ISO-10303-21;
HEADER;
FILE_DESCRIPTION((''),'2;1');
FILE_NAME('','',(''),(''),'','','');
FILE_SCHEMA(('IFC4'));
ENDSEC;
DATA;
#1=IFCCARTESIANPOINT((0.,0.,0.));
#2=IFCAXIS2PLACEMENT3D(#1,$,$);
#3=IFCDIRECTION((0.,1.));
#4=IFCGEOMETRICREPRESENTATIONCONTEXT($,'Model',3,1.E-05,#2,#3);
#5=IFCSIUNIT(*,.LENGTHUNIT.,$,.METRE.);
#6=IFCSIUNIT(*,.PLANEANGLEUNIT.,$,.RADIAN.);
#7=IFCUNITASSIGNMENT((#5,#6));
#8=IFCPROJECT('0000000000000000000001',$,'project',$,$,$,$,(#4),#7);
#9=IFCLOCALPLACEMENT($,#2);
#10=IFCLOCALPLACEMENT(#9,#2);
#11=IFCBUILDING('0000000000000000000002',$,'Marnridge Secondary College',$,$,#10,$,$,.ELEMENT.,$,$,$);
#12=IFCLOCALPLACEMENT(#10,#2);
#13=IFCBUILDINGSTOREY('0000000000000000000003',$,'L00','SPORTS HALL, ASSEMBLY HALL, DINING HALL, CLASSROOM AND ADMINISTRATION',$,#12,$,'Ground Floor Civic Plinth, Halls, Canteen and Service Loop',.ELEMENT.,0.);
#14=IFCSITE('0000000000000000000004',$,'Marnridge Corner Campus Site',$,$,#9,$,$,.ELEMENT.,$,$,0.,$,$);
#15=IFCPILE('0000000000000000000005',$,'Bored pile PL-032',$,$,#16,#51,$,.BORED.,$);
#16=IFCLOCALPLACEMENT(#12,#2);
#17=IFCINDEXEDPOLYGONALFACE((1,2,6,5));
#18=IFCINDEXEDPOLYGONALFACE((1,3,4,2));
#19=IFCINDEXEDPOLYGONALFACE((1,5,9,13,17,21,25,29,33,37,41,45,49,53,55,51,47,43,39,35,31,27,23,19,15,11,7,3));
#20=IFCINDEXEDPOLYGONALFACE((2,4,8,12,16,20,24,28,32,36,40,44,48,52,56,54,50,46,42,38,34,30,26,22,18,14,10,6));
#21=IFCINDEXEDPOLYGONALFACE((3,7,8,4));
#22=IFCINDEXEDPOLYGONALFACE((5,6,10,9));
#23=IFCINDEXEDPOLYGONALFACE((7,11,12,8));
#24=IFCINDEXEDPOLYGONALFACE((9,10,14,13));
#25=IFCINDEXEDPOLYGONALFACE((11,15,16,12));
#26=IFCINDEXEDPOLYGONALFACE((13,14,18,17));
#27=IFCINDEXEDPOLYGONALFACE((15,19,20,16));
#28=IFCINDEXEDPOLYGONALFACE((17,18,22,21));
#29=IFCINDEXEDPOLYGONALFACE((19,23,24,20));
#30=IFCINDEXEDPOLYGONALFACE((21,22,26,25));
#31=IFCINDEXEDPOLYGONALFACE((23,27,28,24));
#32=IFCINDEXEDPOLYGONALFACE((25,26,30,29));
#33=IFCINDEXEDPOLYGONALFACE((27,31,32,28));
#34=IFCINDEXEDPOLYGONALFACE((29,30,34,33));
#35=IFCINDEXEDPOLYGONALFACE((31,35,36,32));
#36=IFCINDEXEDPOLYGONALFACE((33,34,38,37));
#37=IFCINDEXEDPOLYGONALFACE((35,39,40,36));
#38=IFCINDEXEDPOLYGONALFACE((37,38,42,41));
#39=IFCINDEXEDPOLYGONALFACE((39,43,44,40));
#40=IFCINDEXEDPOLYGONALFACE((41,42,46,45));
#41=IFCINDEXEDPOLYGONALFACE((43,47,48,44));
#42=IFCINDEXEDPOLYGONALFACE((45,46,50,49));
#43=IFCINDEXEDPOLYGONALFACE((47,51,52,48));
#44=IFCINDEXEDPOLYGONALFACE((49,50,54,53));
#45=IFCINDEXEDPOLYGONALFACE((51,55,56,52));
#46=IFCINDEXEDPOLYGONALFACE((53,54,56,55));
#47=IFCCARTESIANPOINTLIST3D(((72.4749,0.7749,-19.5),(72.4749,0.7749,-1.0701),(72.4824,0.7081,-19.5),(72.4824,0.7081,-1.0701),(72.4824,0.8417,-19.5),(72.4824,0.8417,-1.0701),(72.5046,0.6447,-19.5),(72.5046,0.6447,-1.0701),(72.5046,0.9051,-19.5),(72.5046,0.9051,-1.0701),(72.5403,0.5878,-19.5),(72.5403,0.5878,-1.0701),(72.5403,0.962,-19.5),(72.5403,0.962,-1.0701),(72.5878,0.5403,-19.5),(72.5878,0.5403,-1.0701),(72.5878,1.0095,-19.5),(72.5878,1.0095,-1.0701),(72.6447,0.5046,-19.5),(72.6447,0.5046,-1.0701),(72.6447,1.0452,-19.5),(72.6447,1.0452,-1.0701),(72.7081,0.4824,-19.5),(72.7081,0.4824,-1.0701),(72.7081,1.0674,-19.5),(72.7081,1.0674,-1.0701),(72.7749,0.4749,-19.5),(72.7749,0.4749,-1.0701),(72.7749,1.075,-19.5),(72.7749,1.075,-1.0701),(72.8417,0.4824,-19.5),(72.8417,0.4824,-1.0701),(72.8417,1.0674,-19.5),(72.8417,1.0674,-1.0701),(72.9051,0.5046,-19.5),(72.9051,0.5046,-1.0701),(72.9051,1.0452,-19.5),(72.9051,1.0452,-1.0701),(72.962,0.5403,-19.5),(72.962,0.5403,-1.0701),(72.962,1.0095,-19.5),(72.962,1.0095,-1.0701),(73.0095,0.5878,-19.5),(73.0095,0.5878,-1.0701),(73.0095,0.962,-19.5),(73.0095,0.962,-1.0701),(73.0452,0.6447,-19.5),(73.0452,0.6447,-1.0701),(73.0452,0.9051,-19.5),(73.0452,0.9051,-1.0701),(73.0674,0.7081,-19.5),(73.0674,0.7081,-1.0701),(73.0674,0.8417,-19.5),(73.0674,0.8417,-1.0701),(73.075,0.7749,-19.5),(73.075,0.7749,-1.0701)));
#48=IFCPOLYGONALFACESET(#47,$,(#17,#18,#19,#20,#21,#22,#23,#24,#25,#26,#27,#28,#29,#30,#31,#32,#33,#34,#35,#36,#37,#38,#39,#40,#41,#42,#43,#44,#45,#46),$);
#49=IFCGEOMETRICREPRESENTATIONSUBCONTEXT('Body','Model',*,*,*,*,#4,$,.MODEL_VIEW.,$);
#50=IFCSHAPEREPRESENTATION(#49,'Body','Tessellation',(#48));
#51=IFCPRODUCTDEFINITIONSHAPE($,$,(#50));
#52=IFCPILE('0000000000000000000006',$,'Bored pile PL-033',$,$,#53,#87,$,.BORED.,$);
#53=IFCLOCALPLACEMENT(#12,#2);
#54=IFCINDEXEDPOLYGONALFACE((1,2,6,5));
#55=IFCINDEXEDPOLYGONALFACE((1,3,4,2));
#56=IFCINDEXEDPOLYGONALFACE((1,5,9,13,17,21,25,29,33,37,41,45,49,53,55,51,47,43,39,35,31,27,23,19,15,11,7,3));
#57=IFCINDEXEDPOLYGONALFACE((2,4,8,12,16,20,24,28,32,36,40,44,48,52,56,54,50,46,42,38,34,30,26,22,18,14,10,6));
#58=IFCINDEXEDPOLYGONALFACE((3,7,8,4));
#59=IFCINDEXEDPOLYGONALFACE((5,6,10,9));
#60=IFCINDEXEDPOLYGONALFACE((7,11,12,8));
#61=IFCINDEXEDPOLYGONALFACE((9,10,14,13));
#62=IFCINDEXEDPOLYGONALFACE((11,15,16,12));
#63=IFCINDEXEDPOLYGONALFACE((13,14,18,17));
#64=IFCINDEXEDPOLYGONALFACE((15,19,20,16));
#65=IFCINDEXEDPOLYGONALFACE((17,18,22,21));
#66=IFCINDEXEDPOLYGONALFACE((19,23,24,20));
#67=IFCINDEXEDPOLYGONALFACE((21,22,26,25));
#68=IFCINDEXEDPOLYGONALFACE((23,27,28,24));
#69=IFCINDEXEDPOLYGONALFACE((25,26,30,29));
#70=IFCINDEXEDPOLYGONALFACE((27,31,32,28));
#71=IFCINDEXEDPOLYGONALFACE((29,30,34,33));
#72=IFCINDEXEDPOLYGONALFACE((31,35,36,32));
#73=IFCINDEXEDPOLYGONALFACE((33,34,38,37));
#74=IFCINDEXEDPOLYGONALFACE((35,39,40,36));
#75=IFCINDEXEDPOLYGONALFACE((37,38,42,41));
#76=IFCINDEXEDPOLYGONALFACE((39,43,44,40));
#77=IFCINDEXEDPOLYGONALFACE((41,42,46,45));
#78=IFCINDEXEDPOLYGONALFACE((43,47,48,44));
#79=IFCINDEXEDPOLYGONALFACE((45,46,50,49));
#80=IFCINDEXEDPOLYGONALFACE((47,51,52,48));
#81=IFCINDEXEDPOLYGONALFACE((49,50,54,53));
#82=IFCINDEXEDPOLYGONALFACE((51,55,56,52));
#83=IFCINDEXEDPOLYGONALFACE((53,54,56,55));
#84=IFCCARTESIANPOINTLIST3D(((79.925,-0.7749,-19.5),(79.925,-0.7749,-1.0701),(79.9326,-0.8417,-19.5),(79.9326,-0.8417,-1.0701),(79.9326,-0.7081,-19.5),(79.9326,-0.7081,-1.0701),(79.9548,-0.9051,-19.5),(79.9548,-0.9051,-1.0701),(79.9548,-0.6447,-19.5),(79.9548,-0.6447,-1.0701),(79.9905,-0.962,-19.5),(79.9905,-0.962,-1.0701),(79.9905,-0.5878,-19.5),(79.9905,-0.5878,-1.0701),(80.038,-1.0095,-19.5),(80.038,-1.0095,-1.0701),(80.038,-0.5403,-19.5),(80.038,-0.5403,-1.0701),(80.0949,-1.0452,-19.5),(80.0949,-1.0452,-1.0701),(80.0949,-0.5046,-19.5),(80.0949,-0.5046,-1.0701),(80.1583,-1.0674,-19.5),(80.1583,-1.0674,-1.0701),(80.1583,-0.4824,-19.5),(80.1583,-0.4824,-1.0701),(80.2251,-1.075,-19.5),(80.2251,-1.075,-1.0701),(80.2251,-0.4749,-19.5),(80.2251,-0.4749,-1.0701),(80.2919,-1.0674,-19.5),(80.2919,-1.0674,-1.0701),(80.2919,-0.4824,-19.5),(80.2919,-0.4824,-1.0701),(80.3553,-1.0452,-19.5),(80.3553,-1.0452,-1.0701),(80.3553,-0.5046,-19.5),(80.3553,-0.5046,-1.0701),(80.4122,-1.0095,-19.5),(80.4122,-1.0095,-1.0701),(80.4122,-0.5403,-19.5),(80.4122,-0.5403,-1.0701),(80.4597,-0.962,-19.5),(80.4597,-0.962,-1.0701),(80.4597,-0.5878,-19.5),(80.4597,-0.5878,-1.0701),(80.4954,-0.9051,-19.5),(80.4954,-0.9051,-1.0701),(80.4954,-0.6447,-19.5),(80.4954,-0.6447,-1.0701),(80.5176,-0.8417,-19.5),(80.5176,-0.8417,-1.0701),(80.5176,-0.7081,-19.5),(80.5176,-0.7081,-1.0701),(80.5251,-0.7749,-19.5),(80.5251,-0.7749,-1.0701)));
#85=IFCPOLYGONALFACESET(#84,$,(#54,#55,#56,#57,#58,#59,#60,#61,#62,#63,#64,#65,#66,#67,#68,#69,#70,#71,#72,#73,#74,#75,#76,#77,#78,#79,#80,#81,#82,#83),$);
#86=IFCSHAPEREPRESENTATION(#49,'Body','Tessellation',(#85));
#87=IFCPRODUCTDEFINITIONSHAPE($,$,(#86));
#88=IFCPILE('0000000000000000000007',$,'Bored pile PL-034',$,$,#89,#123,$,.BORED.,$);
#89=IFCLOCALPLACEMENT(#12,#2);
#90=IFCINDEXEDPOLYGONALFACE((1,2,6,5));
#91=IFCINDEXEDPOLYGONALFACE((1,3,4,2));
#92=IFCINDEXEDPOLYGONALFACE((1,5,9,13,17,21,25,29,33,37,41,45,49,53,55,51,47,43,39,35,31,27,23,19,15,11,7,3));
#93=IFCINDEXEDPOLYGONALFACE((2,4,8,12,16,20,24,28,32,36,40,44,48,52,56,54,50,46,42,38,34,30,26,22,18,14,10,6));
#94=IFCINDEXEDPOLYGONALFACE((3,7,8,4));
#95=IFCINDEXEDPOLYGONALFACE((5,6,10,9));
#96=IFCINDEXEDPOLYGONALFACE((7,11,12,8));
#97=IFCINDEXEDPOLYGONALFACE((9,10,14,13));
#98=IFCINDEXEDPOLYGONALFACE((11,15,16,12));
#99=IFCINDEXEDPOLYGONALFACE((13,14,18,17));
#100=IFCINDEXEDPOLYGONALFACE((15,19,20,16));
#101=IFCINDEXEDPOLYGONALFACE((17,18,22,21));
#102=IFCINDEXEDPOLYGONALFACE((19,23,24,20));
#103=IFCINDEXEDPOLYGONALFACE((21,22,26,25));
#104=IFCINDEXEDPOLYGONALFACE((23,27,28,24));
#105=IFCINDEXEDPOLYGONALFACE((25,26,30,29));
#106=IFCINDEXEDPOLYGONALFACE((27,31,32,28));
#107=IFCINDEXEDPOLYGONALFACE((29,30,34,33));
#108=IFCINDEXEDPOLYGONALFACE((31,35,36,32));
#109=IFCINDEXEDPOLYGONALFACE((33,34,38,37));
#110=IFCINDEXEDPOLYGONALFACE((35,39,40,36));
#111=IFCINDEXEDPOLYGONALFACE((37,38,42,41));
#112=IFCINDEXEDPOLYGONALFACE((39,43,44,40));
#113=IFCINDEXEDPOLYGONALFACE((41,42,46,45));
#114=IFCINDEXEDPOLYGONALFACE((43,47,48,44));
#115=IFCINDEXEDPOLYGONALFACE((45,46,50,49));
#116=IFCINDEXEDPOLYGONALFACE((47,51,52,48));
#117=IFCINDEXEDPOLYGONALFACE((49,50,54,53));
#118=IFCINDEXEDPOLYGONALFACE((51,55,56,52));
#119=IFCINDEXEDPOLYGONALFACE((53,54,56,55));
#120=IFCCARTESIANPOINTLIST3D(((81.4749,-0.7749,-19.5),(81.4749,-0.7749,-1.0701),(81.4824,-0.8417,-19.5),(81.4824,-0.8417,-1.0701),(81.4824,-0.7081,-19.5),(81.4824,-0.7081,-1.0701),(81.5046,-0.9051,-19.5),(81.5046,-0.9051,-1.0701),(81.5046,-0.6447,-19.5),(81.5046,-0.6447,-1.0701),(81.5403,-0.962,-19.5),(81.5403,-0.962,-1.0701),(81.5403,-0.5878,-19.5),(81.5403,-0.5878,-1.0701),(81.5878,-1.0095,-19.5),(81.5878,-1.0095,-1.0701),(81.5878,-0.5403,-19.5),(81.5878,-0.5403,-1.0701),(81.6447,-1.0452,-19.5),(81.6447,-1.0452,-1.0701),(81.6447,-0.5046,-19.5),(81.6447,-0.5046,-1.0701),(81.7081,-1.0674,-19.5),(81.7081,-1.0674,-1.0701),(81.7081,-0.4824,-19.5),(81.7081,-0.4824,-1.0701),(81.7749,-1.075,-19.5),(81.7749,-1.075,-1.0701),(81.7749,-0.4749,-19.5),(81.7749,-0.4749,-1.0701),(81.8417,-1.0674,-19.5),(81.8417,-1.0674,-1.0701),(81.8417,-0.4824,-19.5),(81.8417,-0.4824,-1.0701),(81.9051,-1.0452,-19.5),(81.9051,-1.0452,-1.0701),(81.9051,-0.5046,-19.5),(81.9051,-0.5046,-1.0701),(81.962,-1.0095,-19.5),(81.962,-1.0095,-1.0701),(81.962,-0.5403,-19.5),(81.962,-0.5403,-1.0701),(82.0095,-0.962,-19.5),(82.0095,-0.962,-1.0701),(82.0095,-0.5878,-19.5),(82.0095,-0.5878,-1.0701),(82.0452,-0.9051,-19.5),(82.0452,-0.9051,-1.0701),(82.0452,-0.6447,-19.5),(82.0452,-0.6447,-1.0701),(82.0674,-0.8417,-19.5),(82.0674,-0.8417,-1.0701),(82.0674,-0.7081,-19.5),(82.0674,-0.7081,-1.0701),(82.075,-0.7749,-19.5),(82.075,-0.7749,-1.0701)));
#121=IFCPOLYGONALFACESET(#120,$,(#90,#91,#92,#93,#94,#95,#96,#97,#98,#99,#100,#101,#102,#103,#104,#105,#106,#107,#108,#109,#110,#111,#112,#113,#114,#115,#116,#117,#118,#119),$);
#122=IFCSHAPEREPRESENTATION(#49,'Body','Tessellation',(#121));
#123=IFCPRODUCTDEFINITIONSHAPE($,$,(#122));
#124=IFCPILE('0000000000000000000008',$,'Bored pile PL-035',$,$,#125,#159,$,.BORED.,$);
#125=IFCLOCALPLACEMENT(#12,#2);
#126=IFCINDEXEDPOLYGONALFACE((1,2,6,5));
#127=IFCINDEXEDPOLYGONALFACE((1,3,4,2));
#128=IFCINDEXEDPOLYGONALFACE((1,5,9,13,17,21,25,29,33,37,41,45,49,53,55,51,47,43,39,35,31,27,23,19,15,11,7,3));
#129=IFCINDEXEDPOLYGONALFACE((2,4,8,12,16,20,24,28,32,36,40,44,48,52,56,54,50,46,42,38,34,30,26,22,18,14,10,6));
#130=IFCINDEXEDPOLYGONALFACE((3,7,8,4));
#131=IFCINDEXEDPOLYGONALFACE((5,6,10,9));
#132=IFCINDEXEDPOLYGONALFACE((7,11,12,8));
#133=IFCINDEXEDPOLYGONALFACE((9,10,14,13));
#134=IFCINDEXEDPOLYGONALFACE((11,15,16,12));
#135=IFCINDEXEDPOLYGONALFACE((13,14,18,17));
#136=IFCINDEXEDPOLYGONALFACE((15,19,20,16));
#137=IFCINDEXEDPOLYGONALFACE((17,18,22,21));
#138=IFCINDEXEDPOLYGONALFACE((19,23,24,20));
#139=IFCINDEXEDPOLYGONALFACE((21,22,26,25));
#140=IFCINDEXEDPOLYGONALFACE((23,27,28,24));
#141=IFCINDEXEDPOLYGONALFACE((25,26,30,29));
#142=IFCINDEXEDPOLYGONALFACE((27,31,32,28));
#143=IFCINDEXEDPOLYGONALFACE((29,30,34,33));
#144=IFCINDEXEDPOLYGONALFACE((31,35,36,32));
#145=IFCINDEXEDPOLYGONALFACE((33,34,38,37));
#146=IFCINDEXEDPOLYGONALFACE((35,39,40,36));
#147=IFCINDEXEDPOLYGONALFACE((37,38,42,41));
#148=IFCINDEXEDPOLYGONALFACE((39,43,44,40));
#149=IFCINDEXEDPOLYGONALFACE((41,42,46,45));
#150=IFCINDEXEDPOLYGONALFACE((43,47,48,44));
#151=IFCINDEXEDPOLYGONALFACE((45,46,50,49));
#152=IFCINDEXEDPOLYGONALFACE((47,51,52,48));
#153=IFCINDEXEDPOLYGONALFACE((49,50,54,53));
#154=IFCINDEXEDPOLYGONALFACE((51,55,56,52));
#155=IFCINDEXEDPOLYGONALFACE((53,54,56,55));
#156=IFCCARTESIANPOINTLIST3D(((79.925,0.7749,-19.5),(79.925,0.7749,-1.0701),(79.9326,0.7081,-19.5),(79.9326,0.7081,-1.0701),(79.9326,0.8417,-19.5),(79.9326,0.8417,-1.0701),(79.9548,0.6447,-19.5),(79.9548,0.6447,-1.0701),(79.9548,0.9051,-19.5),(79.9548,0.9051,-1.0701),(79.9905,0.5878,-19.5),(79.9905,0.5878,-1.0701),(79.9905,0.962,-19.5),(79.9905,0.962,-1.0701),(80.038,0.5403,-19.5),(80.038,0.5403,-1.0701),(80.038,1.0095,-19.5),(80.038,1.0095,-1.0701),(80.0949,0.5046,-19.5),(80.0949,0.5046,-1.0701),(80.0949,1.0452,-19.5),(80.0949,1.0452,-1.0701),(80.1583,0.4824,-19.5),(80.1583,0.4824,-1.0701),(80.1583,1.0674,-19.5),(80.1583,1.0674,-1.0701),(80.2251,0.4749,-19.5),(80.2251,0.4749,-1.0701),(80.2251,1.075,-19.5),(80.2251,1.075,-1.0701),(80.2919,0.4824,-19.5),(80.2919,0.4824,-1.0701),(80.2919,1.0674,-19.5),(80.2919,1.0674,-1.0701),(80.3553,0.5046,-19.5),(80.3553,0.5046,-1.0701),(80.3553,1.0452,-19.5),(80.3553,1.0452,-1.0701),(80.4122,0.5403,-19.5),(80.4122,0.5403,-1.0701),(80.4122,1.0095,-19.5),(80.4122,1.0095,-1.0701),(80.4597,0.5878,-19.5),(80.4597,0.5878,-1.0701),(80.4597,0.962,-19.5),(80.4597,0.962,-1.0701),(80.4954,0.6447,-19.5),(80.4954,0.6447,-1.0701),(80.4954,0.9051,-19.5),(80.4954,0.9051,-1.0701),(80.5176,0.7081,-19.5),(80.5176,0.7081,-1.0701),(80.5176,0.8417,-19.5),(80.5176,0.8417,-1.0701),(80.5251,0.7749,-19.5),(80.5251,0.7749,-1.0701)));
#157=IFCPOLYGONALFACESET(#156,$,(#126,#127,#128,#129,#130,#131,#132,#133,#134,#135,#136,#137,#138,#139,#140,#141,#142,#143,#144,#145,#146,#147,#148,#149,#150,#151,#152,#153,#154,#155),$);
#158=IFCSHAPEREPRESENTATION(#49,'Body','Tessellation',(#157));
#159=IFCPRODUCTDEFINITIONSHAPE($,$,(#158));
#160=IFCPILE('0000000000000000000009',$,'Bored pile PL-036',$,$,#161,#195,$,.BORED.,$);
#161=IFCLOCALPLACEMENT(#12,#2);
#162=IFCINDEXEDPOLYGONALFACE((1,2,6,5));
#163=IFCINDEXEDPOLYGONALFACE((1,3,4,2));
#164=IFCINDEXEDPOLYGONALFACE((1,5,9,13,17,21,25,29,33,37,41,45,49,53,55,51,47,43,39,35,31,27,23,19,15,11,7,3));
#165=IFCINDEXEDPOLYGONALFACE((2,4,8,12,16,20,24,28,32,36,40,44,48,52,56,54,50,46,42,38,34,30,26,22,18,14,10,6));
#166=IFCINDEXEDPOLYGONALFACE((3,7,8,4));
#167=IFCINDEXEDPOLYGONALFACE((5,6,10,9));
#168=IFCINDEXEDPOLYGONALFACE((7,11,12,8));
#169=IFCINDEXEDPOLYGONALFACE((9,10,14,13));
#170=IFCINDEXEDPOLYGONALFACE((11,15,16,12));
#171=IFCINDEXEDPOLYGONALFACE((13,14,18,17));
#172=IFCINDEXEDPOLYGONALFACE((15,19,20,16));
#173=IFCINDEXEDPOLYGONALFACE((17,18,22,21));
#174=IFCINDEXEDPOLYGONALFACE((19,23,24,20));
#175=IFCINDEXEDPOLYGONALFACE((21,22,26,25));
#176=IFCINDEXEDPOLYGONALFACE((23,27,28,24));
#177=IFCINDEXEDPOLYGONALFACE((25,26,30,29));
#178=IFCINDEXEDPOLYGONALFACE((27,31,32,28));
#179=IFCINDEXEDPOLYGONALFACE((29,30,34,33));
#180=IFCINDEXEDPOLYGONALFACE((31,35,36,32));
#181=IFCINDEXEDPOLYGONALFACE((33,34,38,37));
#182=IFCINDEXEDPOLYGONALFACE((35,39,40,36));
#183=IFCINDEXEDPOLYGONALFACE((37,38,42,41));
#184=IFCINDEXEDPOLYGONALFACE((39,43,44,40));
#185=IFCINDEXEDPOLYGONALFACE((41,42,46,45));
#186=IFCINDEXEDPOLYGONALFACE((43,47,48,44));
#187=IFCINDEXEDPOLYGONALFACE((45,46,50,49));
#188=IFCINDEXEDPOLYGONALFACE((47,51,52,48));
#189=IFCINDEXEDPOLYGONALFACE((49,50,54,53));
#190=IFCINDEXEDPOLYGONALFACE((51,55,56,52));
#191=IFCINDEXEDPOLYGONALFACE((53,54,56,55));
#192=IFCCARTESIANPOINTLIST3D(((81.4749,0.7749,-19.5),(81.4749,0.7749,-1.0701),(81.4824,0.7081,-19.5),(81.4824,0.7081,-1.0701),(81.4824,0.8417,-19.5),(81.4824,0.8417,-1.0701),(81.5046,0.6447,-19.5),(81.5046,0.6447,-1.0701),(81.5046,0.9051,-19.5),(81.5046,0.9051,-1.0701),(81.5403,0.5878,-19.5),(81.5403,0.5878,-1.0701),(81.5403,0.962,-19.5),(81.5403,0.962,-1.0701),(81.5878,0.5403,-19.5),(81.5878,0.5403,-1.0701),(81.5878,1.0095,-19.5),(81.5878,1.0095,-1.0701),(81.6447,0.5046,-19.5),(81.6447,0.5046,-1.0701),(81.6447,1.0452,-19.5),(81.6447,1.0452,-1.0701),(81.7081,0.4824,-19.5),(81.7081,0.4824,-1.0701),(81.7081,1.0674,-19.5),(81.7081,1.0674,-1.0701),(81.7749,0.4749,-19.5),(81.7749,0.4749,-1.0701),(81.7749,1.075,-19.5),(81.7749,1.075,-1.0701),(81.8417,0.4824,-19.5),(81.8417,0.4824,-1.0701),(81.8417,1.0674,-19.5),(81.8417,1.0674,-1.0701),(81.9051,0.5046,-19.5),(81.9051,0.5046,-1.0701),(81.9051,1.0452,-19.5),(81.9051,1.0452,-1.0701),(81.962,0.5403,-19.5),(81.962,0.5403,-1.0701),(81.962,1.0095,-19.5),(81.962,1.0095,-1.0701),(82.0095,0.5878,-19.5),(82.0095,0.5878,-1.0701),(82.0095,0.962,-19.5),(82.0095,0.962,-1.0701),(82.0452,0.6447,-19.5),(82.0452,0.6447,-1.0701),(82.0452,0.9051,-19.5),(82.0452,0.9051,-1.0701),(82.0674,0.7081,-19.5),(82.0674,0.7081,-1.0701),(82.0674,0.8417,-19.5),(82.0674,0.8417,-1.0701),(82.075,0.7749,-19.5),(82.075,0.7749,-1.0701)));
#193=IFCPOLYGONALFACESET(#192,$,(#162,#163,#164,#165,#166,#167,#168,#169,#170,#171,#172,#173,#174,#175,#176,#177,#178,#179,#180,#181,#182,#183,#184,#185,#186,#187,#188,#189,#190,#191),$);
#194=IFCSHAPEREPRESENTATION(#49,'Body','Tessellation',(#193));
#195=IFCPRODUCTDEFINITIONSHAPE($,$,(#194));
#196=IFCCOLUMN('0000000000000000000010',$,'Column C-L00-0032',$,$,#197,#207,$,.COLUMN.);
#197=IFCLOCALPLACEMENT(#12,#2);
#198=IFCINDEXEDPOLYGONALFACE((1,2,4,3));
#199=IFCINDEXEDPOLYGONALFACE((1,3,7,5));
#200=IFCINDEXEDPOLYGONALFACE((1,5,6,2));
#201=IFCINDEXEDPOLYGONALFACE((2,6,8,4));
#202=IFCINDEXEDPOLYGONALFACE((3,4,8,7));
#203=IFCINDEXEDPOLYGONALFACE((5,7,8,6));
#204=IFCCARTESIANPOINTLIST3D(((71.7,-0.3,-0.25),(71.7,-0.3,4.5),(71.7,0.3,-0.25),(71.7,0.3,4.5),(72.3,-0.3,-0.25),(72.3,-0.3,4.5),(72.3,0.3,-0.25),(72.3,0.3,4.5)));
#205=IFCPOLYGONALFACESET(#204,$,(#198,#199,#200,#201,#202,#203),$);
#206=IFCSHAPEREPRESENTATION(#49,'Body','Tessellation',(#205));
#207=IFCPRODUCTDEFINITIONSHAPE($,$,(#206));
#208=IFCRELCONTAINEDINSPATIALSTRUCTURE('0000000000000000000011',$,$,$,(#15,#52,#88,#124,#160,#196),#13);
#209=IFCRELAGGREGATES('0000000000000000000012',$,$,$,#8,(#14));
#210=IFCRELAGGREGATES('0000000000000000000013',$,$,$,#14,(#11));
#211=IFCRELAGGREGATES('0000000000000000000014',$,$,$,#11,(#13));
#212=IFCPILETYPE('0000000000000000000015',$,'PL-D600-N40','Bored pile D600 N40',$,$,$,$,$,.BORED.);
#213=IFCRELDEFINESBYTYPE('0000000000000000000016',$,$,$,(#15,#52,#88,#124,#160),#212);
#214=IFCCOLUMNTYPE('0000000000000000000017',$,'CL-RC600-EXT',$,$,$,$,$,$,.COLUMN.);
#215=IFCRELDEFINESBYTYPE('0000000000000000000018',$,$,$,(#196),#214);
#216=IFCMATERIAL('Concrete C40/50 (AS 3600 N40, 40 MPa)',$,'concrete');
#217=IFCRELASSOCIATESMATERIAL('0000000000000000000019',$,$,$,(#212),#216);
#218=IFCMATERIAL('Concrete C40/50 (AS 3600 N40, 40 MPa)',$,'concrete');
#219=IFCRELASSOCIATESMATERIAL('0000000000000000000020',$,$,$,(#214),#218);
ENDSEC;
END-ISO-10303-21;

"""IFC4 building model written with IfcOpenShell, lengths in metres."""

from ifc_helpers import new_model, si_unit, direction, frame, origin, origin_2d, place, context, subcontext, project, spatial, rectangle, circle, extrude, material, material_profile, profile_set, type_object, element, save


model = new_model("IFC4")

# Units and contexts
model_context = context("Model", 3, precision=1e-05, world=origin(), true_north=direction((0.0, 1.0)))
body_context = subcontext(model_context, "Body", "Model", "MODEL_VIEW")
ifc_project = project(units=[si_unit("LENGTHUNIT", "METRE"), si_unit("PLANEANGLEUNIT", "RADIAN")], contexts=[model_context])

# Site, building, storey
site_placement = place(None, origin())
site = spatial("IfcSite", under=ifc_project, at=site_placement, Name="Marnridge Corner Campus Site", CompositionType="ELEMENT", RefElevation=0.0)
building_placement = place(site_placement, origin())
building = spatial("IfcBuilding", under=site, at=building_placement, Name="Marnridge Secondary College", CompositionType="ELEMENT")
storey_placement = place(building_placement, origin())
storey = spatial("IfcBuildingStorey", under=building, at=storey_placement, Name="L00", Description="SPORTS HALL, ASSEMBLY HALL, DINING HALL, CLASSROOM AND ADMINISTRATION", LongName="Ground Floor Civic Plinth, Halls, Canteen and Service Loop", CompositionType="ELEMENT", Elevation=0.0)

# Piles
ifc_material_1 = material(Name="Concrete C40/50 (AS 3600 N40, 40 MPa)", Category="concrete")
ifc_material_profile_1 = material_profile(ifc_material_1, circle(Radius=0.3, at=origin_2d()), Name="PILE D600")
ifc_profile_set_1 = profile_set([ifc_material_profile_1], Name="Concrete C40/50 (AS 3600 N40, 40 MPa)")
pile_type = type_object("IfcPileType", Name="PL-D600-N40", Description="Bored pile D600 N40", PredefinedType="BORED", material=ifc_profile_set_1)
for number, where, z_axis, x_axis, name in (
    (1, (72.7749, 0.7749, -1.0701), (0.0, 0.0, -1.0), (1.0, 0.0, 0.0), "Bored pile PL-032"),
    (2, (80.2251, -0.7749, -1.0701), (0.0, 0.0, -1.0), (1.0, 0.0, 0.0), "Bored pile PL-033"),
    (3, (81.7749, -0.7749, -1.0701), (0.0, 0.0, -1.0), (1.0, 0.0, 0.0), "Bored pile PL-034"),
    (4, (80.2251, 0.7749, -1.0701), (0.0, 0.0, -1.0), (1.0, 0.0, 0.0), "Bored pile PL-035"),
    (5, (81.7749, 0.7749, -1.0701), (0.0, 0.0, -1.0), (1.0, 0.0, 0.0), "Bored pile PL-036"),
):
    element("IfcPile", number, at=place(storey_placement, frame(where, z_axis=z_axis, x_axis=x_axis)), inside=storey, type_object=pile_type, Name=name, PredefinedType="BORED", context=body_context, shape_type="SweptSolid", body=[
        extrude(circle(Radius=0.3, at=origin_2d()), origin(), (0.0, 0.0, 1.0), 18.4299),
    ])

# Column
ifc_material_2 = material(Name="Concrete C40/50 (AS 3600 N40, 40 MPa)", Category="concrete")
ifc_material_profile_2 = material_profile(ifc_material_2, rectangle(XDim=0.6001, YDim=0.6001, at=origin_2d()), Name="RC 600x600")
ifc_profile_set_2 = profile_set([ifc_material_profile_2], Name="Concrete C40/50 (AS 3600 N40, 40 MPa)")
column_type = type_object("IfcColumnType", Name="CL-RC600-EXT", PredefinedType="COLUMN", material=ifc_profile_set_2)
for number, where, z_axis, x_axis, name in (
    (6, (72.0, 0.0, -0.25), (0.0, 0.0, 1.0), (1.0, 0.0, 0.0), "Column C-L00-0032"),
):
    element("IfcColumn", number, at=place(storey_placement, frame(where, z_axis=z_axis, x_axis=x_axis)), inside=storey, type_object=column_type, Name=name, PredefinedType="COLUMN", context=body_context, shape_type="SweptSolid", body=[
        extrude(rectangle(XDim=0.6001, YDim=0.6001, at=origin_2d()), origin(), (0.0, 0.0, 1.0), 4.75),
    ])

save(model, "model.ifc")
